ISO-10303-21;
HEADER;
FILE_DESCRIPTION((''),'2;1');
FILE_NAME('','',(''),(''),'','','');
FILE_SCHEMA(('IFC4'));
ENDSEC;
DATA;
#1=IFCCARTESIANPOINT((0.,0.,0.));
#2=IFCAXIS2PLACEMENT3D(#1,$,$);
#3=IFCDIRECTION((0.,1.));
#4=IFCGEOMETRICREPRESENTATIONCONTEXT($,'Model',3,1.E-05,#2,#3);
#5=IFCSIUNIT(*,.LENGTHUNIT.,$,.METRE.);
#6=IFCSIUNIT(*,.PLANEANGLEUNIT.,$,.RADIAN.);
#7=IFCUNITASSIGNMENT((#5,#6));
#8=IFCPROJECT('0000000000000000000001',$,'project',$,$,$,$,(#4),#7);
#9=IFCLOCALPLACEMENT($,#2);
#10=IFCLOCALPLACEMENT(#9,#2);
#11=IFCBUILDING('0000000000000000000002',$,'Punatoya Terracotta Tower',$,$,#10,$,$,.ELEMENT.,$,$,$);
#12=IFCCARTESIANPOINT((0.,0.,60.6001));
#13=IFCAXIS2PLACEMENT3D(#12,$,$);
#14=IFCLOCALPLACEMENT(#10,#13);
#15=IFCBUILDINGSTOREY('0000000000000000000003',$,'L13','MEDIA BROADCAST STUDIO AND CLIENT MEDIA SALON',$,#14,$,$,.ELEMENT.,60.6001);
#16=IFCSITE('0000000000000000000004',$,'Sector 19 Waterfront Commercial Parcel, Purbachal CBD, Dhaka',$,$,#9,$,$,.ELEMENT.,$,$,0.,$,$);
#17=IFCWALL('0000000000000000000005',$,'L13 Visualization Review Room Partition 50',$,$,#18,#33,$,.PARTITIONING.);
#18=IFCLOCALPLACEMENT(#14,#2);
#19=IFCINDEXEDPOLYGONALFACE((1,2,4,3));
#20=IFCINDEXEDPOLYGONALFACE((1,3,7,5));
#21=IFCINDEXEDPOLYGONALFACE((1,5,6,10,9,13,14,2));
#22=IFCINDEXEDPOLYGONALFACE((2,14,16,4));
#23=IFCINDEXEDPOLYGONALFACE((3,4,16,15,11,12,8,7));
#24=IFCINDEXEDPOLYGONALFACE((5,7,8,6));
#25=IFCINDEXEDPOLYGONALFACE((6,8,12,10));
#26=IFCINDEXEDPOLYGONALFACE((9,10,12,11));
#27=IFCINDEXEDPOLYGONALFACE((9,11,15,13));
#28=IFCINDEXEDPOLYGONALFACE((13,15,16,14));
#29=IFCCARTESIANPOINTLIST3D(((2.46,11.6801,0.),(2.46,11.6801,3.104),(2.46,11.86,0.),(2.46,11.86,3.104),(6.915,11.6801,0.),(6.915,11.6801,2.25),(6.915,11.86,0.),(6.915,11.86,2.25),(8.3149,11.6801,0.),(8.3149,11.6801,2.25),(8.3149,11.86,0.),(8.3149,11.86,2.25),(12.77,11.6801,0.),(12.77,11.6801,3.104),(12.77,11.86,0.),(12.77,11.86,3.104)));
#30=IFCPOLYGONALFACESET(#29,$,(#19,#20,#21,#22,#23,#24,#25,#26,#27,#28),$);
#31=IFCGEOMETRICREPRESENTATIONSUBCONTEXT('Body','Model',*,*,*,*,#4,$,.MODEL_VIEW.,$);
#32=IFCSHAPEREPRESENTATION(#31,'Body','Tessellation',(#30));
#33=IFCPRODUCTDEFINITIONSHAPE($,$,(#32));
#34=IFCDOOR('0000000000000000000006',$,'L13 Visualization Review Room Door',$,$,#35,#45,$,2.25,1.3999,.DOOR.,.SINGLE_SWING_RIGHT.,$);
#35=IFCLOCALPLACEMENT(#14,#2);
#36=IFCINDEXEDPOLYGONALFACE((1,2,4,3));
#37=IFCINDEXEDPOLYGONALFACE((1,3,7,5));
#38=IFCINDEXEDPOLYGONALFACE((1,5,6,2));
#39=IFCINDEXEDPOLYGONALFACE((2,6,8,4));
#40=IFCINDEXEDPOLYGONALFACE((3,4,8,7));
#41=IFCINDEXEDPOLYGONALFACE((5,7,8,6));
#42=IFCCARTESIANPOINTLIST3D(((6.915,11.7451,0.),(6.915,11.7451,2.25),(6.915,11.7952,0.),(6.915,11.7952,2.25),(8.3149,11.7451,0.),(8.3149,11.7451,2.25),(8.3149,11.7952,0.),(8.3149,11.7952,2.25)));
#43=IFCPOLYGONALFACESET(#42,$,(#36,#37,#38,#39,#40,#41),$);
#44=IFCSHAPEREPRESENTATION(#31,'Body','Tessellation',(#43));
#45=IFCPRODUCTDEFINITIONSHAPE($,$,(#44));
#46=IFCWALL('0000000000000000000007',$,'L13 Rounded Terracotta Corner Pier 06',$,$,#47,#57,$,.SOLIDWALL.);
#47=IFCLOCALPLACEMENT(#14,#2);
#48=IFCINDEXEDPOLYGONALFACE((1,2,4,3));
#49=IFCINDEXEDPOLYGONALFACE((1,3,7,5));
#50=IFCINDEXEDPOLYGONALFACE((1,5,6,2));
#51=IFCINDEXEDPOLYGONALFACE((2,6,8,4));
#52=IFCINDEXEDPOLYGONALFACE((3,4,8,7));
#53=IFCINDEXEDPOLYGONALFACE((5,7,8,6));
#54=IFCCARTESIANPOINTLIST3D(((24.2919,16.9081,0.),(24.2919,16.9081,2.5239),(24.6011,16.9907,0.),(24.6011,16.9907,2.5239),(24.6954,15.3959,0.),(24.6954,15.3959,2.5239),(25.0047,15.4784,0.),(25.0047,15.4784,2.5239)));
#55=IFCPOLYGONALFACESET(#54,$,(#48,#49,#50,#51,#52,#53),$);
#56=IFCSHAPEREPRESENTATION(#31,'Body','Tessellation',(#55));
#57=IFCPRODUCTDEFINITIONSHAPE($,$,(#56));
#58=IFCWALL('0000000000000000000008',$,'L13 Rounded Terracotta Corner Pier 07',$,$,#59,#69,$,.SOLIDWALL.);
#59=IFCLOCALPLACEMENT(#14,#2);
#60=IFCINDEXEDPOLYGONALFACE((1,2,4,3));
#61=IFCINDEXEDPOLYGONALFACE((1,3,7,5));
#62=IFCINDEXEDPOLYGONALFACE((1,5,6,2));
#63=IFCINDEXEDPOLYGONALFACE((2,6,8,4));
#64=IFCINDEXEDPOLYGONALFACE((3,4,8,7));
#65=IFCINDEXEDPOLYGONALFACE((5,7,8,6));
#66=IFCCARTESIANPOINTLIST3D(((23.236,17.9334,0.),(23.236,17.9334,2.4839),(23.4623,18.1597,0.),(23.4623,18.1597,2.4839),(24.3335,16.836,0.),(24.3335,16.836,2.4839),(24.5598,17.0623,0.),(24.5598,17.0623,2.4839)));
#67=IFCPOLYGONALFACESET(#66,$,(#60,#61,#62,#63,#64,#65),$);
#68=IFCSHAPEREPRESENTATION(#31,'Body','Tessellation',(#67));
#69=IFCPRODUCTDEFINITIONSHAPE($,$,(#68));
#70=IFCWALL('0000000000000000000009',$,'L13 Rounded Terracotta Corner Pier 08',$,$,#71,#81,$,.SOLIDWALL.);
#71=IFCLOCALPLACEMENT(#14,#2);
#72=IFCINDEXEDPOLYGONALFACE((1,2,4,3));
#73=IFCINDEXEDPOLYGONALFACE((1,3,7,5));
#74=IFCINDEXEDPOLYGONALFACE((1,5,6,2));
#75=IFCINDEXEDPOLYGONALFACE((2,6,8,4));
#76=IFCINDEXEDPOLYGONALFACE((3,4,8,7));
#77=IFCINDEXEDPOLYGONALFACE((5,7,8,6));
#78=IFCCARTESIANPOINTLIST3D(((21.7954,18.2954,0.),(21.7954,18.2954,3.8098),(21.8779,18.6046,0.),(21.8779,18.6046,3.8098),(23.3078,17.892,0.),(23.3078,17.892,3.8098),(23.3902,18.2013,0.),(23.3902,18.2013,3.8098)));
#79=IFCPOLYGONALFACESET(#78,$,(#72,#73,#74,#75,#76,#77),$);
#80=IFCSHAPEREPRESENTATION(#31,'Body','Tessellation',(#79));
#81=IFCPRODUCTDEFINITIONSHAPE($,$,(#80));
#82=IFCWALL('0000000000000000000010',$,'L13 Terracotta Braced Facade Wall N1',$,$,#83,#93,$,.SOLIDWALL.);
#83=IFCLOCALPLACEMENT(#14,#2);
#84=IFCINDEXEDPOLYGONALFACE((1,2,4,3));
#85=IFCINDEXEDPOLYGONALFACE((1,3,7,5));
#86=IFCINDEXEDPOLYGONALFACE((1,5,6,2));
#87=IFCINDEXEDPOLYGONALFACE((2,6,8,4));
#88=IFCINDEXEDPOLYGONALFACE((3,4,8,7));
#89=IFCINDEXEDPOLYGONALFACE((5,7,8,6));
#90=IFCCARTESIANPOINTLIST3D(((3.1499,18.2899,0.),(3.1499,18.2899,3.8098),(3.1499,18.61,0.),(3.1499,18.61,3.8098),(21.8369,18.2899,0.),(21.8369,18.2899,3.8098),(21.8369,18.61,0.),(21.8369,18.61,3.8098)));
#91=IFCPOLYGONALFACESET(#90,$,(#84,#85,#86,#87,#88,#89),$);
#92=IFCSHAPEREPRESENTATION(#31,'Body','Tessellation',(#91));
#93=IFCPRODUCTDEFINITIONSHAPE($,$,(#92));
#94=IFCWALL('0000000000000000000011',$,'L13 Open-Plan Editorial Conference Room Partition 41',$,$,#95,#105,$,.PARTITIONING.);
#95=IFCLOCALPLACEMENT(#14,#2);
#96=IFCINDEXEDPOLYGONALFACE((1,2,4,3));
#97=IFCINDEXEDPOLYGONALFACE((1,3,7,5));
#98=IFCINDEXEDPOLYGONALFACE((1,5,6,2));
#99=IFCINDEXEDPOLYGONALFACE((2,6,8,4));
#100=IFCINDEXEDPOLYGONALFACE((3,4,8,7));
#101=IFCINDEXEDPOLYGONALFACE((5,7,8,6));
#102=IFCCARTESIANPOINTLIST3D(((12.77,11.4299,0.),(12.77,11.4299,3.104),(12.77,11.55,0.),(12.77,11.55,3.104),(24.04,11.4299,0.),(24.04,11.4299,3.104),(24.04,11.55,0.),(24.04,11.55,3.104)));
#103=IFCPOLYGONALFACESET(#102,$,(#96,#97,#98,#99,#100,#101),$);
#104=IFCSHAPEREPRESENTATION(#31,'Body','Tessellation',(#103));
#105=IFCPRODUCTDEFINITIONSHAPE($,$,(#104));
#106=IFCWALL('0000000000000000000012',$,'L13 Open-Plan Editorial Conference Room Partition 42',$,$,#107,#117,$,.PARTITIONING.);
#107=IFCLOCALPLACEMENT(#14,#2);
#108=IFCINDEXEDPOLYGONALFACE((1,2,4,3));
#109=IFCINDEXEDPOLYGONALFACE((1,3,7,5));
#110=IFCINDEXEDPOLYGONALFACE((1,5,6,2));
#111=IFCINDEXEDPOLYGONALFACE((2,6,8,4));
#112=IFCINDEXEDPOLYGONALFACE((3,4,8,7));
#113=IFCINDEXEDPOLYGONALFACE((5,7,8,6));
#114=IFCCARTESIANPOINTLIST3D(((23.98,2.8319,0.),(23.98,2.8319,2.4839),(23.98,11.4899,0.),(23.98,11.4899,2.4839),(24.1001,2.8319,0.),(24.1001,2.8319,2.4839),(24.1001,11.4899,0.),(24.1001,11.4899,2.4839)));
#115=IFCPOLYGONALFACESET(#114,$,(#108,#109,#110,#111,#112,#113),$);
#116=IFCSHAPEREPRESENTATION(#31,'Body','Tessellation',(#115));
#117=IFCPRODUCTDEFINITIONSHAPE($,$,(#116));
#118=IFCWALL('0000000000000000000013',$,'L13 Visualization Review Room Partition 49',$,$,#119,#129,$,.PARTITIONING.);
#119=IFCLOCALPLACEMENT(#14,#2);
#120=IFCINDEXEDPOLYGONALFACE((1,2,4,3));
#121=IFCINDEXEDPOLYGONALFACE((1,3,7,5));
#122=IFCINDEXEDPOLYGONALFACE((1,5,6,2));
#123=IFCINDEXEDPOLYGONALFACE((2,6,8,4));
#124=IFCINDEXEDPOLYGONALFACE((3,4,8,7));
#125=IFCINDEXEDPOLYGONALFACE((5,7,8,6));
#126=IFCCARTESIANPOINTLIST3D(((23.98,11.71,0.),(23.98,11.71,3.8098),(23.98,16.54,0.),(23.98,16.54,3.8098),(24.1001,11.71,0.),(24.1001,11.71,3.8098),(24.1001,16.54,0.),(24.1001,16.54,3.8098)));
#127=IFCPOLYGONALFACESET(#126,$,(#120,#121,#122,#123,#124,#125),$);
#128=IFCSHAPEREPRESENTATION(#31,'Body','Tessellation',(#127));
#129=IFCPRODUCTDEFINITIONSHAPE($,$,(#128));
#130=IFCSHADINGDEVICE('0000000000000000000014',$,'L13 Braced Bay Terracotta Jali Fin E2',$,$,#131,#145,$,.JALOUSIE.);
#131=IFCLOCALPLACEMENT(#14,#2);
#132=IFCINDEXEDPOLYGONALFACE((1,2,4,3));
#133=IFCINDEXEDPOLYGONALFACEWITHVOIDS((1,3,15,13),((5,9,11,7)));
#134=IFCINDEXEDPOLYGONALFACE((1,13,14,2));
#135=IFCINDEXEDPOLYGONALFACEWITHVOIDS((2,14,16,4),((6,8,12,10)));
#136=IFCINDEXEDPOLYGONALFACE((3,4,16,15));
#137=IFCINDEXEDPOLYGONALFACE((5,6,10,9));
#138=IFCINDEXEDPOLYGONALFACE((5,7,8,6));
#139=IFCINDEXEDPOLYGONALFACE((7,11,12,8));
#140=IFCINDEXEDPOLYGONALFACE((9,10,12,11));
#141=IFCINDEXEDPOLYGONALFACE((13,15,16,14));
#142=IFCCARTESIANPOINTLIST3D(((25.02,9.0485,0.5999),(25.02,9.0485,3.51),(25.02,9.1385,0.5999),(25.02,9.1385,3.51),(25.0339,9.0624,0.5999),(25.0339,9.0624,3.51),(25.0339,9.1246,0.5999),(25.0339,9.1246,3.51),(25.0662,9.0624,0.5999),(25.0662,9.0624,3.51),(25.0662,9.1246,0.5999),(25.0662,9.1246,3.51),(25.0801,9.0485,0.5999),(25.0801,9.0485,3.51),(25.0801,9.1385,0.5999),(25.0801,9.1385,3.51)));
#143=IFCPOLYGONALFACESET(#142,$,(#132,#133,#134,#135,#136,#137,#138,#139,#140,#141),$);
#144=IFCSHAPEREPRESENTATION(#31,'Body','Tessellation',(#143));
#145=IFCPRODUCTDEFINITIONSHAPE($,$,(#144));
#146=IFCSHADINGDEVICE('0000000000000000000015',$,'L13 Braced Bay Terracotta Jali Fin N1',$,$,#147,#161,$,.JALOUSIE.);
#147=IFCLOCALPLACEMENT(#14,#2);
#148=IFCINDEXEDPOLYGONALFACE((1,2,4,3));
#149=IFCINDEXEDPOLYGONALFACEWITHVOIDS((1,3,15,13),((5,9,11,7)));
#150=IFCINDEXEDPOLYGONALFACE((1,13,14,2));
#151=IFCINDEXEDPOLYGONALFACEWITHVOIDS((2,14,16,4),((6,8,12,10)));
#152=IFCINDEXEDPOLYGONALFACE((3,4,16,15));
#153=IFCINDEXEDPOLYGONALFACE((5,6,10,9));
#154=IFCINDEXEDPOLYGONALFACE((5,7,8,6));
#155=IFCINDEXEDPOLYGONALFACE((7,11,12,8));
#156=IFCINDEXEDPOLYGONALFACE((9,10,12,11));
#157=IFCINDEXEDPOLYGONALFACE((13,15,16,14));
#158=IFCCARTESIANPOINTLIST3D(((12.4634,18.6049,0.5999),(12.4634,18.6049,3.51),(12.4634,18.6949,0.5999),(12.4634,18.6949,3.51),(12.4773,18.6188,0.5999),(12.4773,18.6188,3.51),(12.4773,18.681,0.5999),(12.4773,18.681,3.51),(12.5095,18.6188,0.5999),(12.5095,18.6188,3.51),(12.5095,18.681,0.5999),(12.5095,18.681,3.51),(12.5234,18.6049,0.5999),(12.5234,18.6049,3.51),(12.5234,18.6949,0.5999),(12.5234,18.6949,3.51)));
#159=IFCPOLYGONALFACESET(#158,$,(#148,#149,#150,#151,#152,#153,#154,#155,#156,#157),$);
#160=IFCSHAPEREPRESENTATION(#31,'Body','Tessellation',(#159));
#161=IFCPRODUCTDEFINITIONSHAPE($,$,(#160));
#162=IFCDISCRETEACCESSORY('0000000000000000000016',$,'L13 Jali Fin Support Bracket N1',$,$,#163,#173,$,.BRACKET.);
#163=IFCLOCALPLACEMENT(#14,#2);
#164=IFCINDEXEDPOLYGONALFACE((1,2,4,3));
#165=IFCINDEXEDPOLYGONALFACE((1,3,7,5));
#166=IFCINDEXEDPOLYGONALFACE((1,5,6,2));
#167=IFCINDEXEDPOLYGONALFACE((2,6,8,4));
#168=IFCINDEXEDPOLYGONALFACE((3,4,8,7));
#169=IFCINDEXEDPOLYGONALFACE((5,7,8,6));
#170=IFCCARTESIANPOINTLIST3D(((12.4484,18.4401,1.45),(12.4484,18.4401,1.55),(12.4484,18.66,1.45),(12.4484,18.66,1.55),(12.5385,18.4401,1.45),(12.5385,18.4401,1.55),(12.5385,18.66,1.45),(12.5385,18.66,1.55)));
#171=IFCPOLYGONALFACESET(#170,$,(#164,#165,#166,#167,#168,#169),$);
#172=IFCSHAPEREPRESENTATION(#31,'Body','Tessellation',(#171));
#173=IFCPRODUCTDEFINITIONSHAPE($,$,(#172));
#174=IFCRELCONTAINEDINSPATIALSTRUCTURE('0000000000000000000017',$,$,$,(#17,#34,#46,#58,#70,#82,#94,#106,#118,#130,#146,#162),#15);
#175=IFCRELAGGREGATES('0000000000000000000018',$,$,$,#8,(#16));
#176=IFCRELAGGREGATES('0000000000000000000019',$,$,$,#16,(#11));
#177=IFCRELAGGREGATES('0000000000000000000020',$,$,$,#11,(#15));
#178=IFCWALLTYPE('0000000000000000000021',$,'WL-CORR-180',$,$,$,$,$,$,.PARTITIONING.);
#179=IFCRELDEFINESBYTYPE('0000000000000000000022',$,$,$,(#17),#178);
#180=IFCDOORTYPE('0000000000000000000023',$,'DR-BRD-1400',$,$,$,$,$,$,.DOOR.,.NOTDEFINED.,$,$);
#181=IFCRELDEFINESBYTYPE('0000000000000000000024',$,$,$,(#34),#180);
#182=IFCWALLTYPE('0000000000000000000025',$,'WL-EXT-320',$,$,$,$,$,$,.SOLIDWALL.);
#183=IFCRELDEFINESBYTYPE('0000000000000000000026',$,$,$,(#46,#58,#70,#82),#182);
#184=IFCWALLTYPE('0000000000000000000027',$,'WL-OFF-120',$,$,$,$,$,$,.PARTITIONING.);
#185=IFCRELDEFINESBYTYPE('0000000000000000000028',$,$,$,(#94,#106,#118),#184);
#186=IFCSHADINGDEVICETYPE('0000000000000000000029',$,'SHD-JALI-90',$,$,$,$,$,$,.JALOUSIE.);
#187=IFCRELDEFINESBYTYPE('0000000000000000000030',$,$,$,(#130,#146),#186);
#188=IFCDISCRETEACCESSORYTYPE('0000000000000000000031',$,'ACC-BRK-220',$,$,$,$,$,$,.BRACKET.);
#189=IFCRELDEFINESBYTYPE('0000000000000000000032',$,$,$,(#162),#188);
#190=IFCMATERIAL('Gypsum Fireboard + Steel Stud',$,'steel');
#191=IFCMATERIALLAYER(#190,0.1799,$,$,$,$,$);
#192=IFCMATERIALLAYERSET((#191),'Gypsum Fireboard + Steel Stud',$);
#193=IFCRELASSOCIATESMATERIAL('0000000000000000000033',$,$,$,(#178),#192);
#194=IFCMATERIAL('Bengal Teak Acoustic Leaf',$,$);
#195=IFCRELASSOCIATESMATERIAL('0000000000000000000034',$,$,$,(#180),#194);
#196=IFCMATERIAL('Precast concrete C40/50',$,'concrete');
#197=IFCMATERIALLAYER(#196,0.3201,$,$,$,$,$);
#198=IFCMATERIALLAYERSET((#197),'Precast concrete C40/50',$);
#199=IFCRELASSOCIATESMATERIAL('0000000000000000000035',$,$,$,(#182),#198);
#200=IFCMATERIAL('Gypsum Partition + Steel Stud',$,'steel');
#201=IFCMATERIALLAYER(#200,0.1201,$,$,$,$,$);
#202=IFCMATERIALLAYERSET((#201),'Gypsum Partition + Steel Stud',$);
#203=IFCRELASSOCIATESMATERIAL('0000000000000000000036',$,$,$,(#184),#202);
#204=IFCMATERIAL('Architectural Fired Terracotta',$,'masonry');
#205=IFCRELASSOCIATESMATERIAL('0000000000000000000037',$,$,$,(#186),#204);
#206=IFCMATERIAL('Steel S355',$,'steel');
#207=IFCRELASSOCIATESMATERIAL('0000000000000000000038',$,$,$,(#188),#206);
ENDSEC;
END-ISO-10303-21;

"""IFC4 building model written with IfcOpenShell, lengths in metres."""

from ifc_helpers import new_model, si_unit, direction, frame, frame_2d, origin, origin_2d, place, context, subcontext, project, spatial, rectangle, hollow_rectangle, extrude, material, layer, layer_set, material_profile, profile_set, type_object, element, fill, save


model = new_model("IFC4")

# Units and contexts
model_context = context("Model", 3, precision=1e-05, world=origin(), true_north=direction((0.0, 1.0)))
body_context = subcontext(model_context, "Body", "Model", "MODEL_VIEW")
ifc_project = project(units=[si_unit("LENGTHUNIT", "METRE"), si_unit("PLANEANGLEUNIT", "RADIAN")], contexts=[model_context])

# Site, building, storey
site_placement = place(None, origin())
site = spatial("IfcSite", under=ifc_project, at=site_placement, Name="Sector 19 Waterfront Commercial Parcel, Purbachal CBD, Dhaka", CompositionType="ELEMENT", RefElevation=0.0)
building_placement = place(site_placement, origin())
building = spatial("IfcBuilding", under=site, at=building_placement, Name="Punatoya Terracotta Tower", CompositionType="ELEMENT")
storey_placement = place(building_placement, frame((0.0, 0.0, 60.6001)))
storey = spatial("IfcBuildingStorey", under=building, at=storey_placement, Name="L13", Description="MEDIA BROADCAST STUDIO AND CLIENT MEDIA SALON", CompositionType="ELEMENT", Elevation=60.6001)

# Shared definitions
ifc_material_1 = material(Name="Steel S355", Category="steel")

# Wall, opening, door
ifc_material_2 = material(Name="Gypsum Fireboard + Steel Stud", Category="steel")
ifc_layer_1 = layer(ifc_material_2, 0.1799)
ifc_layer_set_1 = layer_set([ifc_layer_1], Name="Gypsum Fireboard + Steel Stud")
wall_type_1 = type_object("IfcWallType", Name="WL-CORR-180", PredefinedType="PARTITIONING", material=ifc_layer_set_1)
wall_1_placement = place(storey_placement, frame((12.77, 11.77, 0.0), z_axis=(0.0, 0.0, 1.0), x_axis=(-1.0, 0.0, 0.0)))
wall_1 = element("IfcWall", 1, at=wall_1_placement, inside=storey, type_object=wall_type_1, Name="L13 Visualization Review Room Partition 50", PredefinedType="PARTITIONING", context=body_context, shape_type="SweptSolid", body=[
    extrude(rectangle(XDim=10.3101, YDim=0.1799, at=frame_2d((5.155, 0.0))), origin(), (0.0, 0.0, 1.0), 3.104),
])
opening_placement = place(wall_1_placement, frame((4.4551, 0.0, 0.0)))
opening = element("IfcOpeningElement", 2, at=opening_placement, cuts=wall_1, PredefinedType="OPENING", context=body_context, shape_type="SweptSolid", body=[
    extrude(rectangle(XDim=1.3999, YDim=2.25, at=frame_2d((0.7, 1.125))), frame((0.0, 0.0999, 0.0), z_axis=(0.0, -1.0, 0.0), x_axis=(1.0, 0.0, 0.0)), (0.0, 0.0, 1.0), 0.2),
])
ifc_material_3 = material(Name="Bengal Teak Acoustic Leaf")
door_type = type_object("IfcDoorType", Name="DR-BRD-1400", OperationType="NOTDEFINED", PredefinedType="DOOR", material=ifc_material_3)
door_placement = place(opening_placement, origin())
door = element("IfcDoor", 3, at=door_placement, inside=storey, type_object=door_type, Name="L13 Visualization Review Room Door", OperationType="SINGLE_SWING_RIGHT", OverallHeight=2.25, OverallWidth=1.3999, PredefinedType="DOOR", context=body_context, shape_type="SweptSolid", body=[
    extrude(rectangle(XDim=1.3999, YDim=2.25, at=frame_2d((0.7, 1.125))), frame((0.0, 0.0249, 0.0), z_axis=(0.0, -1.0, 0.0), x_axis=(1.0, 0.0, 0.0)), (0.0, 0.0, 1.0), 0.05),
])
fill(opening, door)

# Walls
ifc_material_4 = material(Name="Precast concrete C40/50", Category="concrete")
ifc_layer_2 = layer(ifc_material_4, 0.3201)
ifc_layer_set_2 = layer_set([ifc_layer_2], Name="Precast concrete C40/50")
wall_type_2 = type_object("IfcWallType", Name="WL-EXT-320", PredefinedType="SOLIDWALL", material=ifc_layer_set_2)
wall_2_placement = place(storey_placement, frame((24.8501, 15.437, 0.0), z_axis=(0.0, 0.0, 1.0), x_axis=(-0.257847, 0.966186, 0.0)))
element("IfcWall", 4, at=wall_2_placement, inside=storey, type_object=wall_type_2, Name="L13 Rounded Terracotta Corner Pier 06", PredefinedType="SOLIDWALL", context=body_context, shape_type="SweptSolid", body=[
    extrude(rectangle(XDim=1.5652, YDim=0.3201, at=frame_2d((0.7827, 0.0))), origin(), (0.0, 0.0, 1.0), 2.5239),
])
wall_3_placement = place(storey_placement, frame((24.4465, 16.9492, 0.0), z_axis=(0.0, 0.0, 1.0), x_axis=(-0.707107, 0.707107, 0.0)))
element("IfcWall", 5, at=wall_3_placement, inside=storey, type_object=wall_type_2, Name="L13 Rounded Terracotta Corner Pier 07", PredefinedType="SOLIDWALL", context=body_context, shape_type="SweptSolid", body=[
    extrude(rectangle(XDim=1.552, YDim=0.3201, at=frame_2d((0.7759, 0.0))), origin(), (0.0, 0.0, 1.0), 2.4839),
])
wall_4_placement = place(storey_placement, frame((23.3491, 18.0466, 0.0), z_axis=(0.0, 0.0, 1.0), x_axis=(-0.966225, 0.257701, 0.0)))
element("IfcWall", 6, at=wall_4_placement, inside=storey, type_object=wall_type_2, Name="L13 Rounded Terracotta Corner Pier 08", PredefinedType="SOLIDWALL", context=body_context, shape_type="SweptSolid", body=[
    extrude(rectangle(XDim=1.5652, YDim=0.3201, at=frame_2d((0.7827, 0.0))), origin(), (0.0, 0.0, 1.0), 3.8098),
])
wall_5_placement = place(storey_placement, frame((21.8369, 18.45, 0.0), z_axis=(0.0, 0.0, 1.0), x_axis=(-1.0, 0.0, 0.0)))
element("IfcWall", 7, at=wall_5_placement, inside=storey, type_object=wall_type_2, Name="L13 Terracotta Braced Facade Wall N1", PredefinedType="SOLIDWALL", context=body_context, shape_type="SweptSolid", body=[
    extrude(rectangle(XDim=18.687, YDim=0.3201, at=frame_2d((9.3435, 0.0))), origin(), (0.0, 0.0, 1.0), 3.8098),
])
ifc_material_5 = material(Name="Gypsum Partition + Steel Stud", Category="steel")
ifc_layer_3 = layer(ifc_material_5, 0.1201)
ifc_layer_set_3 = layer_set([ifc_layer_3], Name="Gypsum Partition + Steel Stud")
wall_type_3 = type_object("IfcWallType", Name="WL-OFF-120", PredefinedType="PARTITIONING", material=ifc_layer_set_3)
wall_6_placement = place(storey_placement, frame((12.77, 11.49, 0.0), z_axis=(0.0, 0.0, 1.0), x_axis=(1.0, 0.0, 0.0)))
element("IfcWall", 8, at=wall_6_placement, inside=storey, type_object=wall_type_3, Name="L13 Open-Plan Editorial Conference Room Partition 41", PredefinedType="PARTITIONING", context=body_context, shape_type="SweptSolid", body=[
    extrude(rectangle(XDim=11.27, YDim=0.1201, at=frame_2d((5.635, 0.0))), origin(), (0.0, 0.0, 1.0), 3.104),
])
wall_7_placement = place(storey_placement, frame((24.04, 11.49, 0.0), z_axis=(0.0, 0.0, 1.0), x_axis=(0.0, -1.0, 0.0)))
element("IfcWall", 9, at=wall_7_placement, inside=storey, type_object=wall_type_3, Name="L13 Open-Plan Editorial Conference Room Partition 42", PredefinedType="PARTITIONING", context=body_context, shape_type="SweptSolid", body=[
    extrude(rectangle(XDim=8.658, YDim=0.1201, at=frame_2d((4.3291, 0.0))), origin(), (0.0, 0.0, 1.0), 2.4839),
])
wall_8_placement = place(storey_placement, frame((24.04, 16.54, 0.0), z_axis=(0.0, 0.0, 1.0), x_axis=(0.0, -1.0, 0.0)))
element("IfcWall", 10, at=wall_8_placement, inside=storey, type_object=wall_type_3, Name="L13 Visualization Review Room Partition 49", PredefinedType="PARTITIONING", context=body_context, shape_type="SweptSolid", body=[
    extrude(rectangle(XDim=4.8301, YDim=0.1201, at=frame_2d((2.415, 0.0))), origin(), (0.0, 0.0, 1.0), 3.8098),
])

# Shading devices
ifc_material_6 = material(Name="Architectural Fired Terracotta", Category="masonry")
ifc_material_profile_1 = material_profile(ifc_material_6, hollow_rectangle(XDim=0.0601, YDim=0.0901, WallThickness=0.0139, at=origin_2d()))
ifc_profile_set_1 = profile_set([ifc_material_profile_1], Name="Architectural Fired Terracotta")
shading_device_type = type_object("IfcShadingDeviceType", Name="SHD-JALI-90", PredefinedType="JALOUSIE", material=ifc_profile_set_1)
for number, where, z_axis, x_axis, name in (
    (11, (25.05, 9.0935, 0.5999), (0.0, 0.0, 1.0), (1.0, 0.0, 0.0), "L13 Braced Bay Terracotta Jali Fin E2"),
    (12, (12.4934, 18.6499, 0.5999), (0.0, 0.0, 1.0), (1.0, 0.0, 0.0), "L13 Braced Bay Terracotta Jali Fin N1"),
):
    element("IfcShadingDevice", number, at=place(storey_placement, frame(where, z_axis=z_axis, x_axis=x_axis)), inside=storey, type_object=shading_device_type, Name=name, PredefinedType="JALOUSIE", context=body_context, shape_type="SweptSolid", body=[
        extrude(hollow_rectangle(XDim=0.0601, YDim=0.0901, WallThickness=0.0139, at=origin_2d()), origin(), (0.0, 0.0, 1.0), 2.9102),
    ])

# Discrete accessory
discrete_accessory_type = type_object("IfcDiscreteAccessoryType", Name="ACC-BRK-220", PredefinedType="BRACKET", material=ifc_material_1)
discrete_accessory_placement = place(storey_placement, frame((12.4934, 18.55, 1.45), z_axis=(0.0, 0.0, 1.0), x_axis=(-1.0, 0.0, 0.0)))
element("IfcDiscreteAccessory", 13, at=discrete_accessory_placement, inside=storey, type_object=discrete_accessory_type, Name="L13 Jali Fin Support Bracket N1", PredefinedType="BRACKET", context=body_context, shape_type="SweptSolid", body=[
    extrude(rectangle(XDim=0.0901, YDim=0.22, at=origin_2d()), origin(), (0.0, 0.0, 1.0), 0.1001),
])

save(model, "model.ifc")
